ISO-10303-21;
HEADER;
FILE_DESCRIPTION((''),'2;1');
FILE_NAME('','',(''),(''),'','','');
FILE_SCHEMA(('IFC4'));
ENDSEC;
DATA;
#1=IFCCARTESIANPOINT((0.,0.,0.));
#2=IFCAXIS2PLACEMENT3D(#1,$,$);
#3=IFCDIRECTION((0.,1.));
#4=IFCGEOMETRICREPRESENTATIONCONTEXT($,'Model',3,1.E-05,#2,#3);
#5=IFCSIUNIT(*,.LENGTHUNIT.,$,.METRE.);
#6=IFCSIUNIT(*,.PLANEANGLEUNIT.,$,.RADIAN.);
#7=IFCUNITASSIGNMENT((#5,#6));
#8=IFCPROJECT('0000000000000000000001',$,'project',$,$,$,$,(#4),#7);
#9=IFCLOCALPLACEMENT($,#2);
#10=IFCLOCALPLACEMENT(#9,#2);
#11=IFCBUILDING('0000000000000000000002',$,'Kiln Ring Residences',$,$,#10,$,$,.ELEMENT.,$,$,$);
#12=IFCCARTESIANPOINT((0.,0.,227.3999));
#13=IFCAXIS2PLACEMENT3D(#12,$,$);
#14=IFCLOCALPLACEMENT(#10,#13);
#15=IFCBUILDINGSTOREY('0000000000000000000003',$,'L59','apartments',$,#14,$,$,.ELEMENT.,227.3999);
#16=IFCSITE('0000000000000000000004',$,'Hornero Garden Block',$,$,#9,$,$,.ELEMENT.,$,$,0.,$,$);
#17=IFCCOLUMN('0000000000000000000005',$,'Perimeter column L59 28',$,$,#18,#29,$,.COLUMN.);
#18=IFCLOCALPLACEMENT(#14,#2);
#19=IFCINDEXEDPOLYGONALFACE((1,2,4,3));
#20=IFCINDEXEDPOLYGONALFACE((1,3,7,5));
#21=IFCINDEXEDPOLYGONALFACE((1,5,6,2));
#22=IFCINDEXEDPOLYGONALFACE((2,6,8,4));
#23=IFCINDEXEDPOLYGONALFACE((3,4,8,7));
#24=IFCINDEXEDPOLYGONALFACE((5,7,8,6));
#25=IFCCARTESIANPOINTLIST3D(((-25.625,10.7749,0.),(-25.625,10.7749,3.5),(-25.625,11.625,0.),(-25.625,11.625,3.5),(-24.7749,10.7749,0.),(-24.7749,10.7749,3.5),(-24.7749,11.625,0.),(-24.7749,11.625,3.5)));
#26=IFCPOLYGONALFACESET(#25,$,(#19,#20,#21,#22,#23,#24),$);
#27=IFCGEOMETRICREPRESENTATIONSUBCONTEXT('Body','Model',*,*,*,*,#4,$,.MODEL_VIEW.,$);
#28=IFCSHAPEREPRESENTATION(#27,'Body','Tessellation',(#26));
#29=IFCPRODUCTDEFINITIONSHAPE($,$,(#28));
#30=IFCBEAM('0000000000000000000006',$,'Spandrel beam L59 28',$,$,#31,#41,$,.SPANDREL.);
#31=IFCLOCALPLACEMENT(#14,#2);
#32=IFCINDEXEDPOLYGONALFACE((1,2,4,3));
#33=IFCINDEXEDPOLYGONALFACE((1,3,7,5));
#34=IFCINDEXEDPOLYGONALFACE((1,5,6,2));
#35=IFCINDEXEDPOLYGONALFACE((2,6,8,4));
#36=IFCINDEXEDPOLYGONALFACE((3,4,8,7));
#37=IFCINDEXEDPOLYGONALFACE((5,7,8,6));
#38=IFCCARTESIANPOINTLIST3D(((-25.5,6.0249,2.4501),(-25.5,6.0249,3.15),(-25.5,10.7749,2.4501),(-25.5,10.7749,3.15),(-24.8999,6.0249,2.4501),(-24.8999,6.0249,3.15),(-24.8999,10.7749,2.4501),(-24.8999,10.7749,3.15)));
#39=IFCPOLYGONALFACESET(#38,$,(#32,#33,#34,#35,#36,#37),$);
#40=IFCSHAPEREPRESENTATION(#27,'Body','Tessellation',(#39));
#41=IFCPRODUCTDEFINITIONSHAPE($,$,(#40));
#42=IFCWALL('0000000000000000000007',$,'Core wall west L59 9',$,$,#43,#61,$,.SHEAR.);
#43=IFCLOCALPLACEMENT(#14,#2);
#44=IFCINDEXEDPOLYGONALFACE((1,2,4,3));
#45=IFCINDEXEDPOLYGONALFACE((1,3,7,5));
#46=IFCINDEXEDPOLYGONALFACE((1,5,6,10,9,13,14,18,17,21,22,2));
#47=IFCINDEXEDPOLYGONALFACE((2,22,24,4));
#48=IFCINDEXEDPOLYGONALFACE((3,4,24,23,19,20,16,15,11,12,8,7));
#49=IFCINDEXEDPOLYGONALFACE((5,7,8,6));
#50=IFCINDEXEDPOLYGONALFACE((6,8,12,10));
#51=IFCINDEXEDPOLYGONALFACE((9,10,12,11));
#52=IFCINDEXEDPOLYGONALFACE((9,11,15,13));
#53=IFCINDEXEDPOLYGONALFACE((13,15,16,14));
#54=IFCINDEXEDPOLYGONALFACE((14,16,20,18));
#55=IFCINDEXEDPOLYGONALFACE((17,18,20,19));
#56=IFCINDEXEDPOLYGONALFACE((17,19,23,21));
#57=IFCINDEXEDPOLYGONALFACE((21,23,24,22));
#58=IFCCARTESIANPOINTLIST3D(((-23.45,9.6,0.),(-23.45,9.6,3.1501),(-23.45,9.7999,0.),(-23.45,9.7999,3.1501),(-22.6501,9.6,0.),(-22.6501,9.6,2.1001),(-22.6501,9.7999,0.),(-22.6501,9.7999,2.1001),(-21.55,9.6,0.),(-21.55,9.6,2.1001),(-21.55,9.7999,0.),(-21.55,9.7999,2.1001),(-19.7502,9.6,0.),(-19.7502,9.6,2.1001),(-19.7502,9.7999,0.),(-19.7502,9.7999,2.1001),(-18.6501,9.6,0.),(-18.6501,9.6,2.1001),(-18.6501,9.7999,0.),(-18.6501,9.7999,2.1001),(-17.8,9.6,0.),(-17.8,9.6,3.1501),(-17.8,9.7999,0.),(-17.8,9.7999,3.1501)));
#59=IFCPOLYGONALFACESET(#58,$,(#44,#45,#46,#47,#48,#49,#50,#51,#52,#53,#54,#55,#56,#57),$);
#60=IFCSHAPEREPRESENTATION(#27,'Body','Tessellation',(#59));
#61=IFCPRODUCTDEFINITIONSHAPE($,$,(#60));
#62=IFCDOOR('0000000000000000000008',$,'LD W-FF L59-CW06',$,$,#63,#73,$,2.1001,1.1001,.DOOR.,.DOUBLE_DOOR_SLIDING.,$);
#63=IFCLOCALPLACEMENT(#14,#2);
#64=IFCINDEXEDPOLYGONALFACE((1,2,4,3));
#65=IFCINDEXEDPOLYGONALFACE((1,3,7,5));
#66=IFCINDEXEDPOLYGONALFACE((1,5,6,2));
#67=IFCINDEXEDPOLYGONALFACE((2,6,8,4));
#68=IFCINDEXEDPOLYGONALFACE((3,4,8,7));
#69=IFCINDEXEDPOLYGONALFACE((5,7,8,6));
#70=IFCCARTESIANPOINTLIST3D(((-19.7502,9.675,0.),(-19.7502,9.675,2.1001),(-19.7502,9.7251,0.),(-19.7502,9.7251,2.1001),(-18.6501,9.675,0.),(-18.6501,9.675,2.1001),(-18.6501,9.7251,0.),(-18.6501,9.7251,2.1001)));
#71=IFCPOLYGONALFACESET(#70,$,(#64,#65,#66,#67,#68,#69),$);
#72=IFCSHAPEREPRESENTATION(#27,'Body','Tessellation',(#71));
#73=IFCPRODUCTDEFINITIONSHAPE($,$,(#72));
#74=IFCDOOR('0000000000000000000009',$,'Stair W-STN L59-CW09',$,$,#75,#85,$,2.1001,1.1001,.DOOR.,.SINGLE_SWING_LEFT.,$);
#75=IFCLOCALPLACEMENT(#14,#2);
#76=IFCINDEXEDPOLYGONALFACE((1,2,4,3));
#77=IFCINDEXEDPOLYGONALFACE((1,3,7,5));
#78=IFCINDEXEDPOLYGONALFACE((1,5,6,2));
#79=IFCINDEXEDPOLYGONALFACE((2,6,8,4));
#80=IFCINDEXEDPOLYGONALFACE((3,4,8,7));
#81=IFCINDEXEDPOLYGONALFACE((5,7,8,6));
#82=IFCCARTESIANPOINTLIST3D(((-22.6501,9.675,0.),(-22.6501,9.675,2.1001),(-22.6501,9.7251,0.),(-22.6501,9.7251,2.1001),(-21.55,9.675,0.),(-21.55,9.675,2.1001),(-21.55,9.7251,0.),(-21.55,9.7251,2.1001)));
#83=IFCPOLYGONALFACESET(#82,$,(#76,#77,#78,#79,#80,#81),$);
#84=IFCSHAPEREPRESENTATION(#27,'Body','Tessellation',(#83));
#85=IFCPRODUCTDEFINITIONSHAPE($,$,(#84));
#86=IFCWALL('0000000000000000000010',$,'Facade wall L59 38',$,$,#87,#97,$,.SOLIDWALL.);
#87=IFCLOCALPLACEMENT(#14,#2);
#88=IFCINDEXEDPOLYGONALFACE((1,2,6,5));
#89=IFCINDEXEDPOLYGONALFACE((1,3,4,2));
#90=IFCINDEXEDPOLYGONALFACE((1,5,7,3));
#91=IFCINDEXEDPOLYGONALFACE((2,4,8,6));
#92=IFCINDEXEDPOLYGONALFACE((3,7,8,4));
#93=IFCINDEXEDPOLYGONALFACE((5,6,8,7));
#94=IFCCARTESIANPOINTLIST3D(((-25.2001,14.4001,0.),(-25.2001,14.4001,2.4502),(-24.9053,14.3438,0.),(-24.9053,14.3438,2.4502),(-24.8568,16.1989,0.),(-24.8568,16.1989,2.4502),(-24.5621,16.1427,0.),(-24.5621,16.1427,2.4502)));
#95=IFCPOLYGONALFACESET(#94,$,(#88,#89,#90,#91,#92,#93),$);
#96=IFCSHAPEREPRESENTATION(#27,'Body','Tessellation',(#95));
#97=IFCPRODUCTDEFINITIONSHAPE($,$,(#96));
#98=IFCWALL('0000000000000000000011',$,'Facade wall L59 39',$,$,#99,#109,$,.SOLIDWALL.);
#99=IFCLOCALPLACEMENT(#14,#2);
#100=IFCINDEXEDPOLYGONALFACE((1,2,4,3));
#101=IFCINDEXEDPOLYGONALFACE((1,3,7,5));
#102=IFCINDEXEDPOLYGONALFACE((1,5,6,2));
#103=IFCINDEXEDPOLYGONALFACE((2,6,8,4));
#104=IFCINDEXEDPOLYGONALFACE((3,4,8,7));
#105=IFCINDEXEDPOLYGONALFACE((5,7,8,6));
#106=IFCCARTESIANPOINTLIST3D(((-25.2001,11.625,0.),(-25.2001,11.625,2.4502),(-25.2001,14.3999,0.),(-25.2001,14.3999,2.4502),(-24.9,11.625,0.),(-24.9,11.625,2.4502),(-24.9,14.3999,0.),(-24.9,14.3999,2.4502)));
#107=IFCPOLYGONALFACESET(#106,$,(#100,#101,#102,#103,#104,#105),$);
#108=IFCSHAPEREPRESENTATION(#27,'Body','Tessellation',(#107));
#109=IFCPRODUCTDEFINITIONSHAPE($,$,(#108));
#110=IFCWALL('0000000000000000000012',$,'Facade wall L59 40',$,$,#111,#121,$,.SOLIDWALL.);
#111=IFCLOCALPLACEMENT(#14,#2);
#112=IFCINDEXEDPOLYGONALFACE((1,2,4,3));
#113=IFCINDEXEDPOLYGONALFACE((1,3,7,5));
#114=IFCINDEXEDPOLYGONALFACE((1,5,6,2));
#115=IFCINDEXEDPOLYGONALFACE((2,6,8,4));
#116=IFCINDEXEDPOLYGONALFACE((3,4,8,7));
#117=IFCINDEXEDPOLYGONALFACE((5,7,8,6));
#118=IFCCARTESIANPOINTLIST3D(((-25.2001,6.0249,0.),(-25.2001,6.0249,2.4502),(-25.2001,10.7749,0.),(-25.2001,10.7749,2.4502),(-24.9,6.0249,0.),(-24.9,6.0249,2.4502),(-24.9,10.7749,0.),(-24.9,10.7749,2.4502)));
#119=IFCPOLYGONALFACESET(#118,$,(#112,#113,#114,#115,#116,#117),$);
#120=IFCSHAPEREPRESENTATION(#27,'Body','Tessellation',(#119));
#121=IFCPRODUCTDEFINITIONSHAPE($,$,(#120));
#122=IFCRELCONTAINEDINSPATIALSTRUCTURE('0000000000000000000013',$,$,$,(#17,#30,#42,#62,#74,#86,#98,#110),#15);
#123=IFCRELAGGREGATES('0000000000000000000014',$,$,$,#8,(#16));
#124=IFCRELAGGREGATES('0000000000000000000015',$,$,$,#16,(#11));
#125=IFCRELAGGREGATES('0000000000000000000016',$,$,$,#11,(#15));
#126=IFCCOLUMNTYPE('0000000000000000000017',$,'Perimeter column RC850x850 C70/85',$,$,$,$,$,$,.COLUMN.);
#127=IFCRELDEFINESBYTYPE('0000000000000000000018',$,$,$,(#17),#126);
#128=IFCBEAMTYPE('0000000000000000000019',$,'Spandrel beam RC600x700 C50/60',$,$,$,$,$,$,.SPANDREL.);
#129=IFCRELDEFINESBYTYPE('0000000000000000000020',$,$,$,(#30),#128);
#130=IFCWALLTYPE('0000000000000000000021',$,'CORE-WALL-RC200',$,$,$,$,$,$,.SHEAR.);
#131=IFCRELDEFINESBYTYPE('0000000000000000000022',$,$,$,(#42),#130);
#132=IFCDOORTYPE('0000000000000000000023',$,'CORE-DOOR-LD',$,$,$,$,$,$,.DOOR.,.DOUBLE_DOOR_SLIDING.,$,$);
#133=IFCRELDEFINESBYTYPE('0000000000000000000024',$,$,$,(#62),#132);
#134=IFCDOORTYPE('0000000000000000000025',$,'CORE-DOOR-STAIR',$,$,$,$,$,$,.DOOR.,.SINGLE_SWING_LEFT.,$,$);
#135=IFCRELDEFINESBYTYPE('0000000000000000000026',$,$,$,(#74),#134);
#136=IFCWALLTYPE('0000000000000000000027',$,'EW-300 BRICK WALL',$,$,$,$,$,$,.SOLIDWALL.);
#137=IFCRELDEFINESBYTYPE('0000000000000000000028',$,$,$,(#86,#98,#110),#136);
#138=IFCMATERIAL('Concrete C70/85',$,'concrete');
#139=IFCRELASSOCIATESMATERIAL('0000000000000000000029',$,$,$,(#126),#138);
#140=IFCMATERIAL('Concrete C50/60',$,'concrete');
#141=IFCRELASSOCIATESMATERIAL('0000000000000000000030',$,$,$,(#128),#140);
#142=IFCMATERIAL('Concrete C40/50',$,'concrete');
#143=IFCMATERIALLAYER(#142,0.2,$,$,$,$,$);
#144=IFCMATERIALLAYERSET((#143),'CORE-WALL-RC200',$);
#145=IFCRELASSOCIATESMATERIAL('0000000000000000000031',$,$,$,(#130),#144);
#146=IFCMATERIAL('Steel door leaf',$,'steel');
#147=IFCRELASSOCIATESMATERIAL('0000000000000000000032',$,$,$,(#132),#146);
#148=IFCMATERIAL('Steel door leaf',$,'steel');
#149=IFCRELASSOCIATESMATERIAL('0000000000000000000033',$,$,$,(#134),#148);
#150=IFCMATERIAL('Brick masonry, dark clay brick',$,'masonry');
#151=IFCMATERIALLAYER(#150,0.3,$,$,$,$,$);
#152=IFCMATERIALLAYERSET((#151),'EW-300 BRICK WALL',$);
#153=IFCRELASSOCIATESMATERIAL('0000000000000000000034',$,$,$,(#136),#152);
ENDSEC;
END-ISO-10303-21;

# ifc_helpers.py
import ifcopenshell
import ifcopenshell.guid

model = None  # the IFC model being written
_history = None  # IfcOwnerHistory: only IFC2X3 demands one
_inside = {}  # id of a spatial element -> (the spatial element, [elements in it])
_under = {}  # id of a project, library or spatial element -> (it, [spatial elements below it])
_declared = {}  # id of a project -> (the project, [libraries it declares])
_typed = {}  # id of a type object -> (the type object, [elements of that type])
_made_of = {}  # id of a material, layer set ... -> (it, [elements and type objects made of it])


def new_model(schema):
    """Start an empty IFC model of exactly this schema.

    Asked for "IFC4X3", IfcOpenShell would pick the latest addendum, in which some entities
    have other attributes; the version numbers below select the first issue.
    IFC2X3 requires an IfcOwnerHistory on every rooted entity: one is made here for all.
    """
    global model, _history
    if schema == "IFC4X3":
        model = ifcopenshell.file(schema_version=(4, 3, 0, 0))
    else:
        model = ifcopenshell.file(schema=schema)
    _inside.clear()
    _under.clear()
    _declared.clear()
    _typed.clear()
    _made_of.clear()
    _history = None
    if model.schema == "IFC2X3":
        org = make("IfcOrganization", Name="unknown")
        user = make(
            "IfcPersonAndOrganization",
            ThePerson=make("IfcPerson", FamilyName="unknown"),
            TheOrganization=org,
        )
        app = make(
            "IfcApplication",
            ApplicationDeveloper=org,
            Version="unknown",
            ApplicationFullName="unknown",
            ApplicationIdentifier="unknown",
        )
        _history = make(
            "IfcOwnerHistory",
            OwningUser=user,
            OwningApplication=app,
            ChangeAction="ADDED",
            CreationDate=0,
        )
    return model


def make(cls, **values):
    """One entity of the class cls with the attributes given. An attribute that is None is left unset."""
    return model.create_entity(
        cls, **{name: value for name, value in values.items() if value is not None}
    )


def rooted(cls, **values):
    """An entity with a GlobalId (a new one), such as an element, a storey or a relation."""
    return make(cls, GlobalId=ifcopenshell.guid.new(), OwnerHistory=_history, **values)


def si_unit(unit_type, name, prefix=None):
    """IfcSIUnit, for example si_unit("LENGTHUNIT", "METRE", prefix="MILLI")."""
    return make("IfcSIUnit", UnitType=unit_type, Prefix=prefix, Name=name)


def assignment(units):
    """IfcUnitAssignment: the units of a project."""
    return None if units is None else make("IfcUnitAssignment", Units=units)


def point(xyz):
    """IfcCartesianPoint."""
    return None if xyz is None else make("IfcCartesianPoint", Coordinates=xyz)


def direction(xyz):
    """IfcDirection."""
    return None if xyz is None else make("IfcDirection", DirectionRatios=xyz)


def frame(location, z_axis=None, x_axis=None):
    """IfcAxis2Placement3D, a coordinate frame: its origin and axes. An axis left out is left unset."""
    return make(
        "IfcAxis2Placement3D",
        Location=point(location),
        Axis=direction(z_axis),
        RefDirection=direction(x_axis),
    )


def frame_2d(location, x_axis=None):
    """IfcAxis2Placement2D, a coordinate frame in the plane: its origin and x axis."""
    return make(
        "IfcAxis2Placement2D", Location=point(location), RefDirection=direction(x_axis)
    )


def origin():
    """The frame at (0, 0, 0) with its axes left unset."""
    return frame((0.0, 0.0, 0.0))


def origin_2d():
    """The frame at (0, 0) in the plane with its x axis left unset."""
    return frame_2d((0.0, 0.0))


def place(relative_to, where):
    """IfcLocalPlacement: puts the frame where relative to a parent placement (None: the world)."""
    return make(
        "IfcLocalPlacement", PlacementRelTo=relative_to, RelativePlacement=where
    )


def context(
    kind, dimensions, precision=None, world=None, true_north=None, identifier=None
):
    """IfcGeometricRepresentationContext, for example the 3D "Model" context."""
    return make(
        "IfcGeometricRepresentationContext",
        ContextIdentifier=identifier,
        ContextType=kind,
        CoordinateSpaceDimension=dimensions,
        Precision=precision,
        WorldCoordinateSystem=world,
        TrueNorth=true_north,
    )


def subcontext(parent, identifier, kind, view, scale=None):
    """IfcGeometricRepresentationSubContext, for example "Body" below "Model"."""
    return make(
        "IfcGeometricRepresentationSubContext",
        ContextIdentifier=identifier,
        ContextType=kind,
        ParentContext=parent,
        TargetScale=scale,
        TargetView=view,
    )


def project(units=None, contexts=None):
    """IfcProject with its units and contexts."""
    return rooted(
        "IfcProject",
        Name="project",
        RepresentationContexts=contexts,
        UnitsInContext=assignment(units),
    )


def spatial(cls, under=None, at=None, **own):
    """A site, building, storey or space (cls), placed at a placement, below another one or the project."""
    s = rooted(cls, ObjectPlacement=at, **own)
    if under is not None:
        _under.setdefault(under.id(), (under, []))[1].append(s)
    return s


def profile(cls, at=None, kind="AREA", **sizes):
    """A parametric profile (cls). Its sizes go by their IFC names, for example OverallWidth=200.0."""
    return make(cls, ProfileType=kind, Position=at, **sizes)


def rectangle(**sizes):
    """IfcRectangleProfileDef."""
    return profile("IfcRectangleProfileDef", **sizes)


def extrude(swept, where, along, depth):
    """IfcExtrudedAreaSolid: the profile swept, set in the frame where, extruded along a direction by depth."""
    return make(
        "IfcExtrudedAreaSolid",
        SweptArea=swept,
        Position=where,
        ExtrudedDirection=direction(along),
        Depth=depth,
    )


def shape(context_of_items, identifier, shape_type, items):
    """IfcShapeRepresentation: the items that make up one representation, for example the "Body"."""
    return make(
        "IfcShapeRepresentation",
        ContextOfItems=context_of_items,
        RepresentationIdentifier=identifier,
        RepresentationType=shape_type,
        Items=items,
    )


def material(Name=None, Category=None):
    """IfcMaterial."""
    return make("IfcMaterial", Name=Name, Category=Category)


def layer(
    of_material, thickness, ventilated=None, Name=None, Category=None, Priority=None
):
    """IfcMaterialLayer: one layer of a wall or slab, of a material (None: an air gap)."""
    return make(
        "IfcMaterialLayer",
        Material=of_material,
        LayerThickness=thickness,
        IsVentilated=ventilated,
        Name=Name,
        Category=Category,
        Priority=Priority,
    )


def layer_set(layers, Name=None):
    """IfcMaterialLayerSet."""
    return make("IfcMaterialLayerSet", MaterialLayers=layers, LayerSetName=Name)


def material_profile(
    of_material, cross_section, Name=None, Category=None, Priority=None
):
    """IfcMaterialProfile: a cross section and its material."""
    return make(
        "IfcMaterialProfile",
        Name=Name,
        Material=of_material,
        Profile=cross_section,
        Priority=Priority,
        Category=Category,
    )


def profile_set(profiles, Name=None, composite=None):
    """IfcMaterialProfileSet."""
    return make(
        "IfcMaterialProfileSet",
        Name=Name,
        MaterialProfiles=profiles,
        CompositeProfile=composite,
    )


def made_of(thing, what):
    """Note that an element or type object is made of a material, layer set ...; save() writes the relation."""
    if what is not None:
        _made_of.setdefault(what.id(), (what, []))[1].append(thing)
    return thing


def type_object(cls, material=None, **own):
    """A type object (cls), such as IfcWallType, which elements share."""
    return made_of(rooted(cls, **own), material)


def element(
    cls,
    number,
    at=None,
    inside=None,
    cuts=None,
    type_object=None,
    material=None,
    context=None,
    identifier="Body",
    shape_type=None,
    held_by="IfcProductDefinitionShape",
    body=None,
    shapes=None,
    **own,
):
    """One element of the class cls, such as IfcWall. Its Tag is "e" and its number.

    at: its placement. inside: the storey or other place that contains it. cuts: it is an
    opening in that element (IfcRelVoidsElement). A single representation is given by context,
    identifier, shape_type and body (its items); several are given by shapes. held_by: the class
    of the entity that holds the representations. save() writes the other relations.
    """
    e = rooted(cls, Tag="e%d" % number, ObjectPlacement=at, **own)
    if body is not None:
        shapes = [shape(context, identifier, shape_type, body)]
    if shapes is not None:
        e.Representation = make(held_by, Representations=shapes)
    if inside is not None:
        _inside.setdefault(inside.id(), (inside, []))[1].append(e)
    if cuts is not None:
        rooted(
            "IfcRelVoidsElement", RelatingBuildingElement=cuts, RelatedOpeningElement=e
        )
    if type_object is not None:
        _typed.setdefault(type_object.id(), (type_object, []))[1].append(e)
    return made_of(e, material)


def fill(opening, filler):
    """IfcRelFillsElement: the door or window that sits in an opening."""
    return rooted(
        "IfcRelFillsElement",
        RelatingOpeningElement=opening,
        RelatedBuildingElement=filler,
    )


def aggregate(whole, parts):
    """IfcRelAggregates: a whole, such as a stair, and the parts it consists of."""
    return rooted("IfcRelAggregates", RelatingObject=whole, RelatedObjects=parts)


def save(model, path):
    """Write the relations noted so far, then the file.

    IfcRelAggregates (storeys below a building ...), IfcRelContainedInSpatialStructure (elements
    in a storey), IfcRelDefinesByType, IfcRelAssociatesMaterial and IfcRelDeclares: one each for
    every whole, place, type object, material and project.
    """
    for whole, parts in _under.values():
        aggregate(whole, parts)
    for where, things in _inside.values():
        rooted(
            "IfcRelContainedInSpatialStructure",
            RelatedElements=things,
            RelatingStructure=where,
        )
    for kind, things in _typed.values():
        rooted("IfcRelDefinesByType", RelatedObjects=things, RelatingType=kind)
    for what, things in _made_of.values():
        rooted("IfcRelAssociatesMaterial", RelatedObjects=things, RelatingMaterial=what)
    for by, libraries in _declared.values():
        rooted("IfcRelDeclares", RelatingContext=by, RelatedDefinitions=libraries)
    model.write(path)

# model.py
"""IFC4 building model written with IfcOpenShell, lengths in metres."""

from ifc_helpers import new_model, si_unit, direction, frame, frame_2d, origin, origin_2d, place, context, subcontext, project, spatial, rectangle, extrude, material, layer, layer_set, material_profile, profile_set, type_object, element, fill, save


model = new_model("IFC4")

# Units and contexts
model_context = context("Model", 3, precision=1e-05, world=origin(), true_north=direction((0.0, 1.0)))
body_context = subcontext(model_context, "Body", "Model", "MODEL_VIEW")
ifc_project = project(units=[si_unit("LENGTHUNIT", "METRE"), si_unit("PLANEANGLEUNIT", "RADIAN")], contexts=[model_context])

# Site, building, storey
site_placement = place(None, origin())
site = spatial("IfcSite", under=ifc_project, at=site_placement, Name="Hornero Garden Block", CompositionType="ELEMENT", RefElevation=0.0)
building_placement = place(site_placement, origin())
building = spatial("IfcBuilding", under=site, at=building_placement, Name="Kiln Ring Residences", CompositionType="ELEMENT")
storey_placement = place(building_placement, frame((0.0, 0.0, 227.3999)))
storey = spatial("IfcBuildingStorey", under=building, at=storey_placement, Name="L59", Description="apartments", CompositionType="ELEMENT", Elevation=227.3999)

# Column
ifc_material_1 = material(Name="Concrete C70/85", Category="concrete")
ifc_material_profile_1 = material_profile(ifc_material_1, rectangle(XDim=0.8501, YDim=0.8501, at=origin_2d()), Name="RC850x850")
ifc_profile_set_1 = profile_set([ifc_material_profile_1], Name="Concrete C70/85")
column_type = type_object("IfcColumnType", Name="Perimeter column RC850x850 C70/85", PredefinedType="COLUMN", material=ifc_profile_set_1)
column_placement = place(storey_placement, frame((-25.2, 11.2, 0.0), z_axis=(0.0, 0.0, 1.0), x_axis=(1.0, 0.0, 0.0)))
element("IfcColumn", 1, at=column_placement, inside=storey, type_object=column_type, Name="Perimeter column L59 28", PredefinedType="COLUMN", context=body_context, shape_type="SweptSolid", body=[
    extrude(rectangle(XDim=0.8501, YDim=0.8501, at=origin_2d()), origin(), (0.0, 0.0, 1.0), 3.5),
])

# Beam
ifc_material_2 = material(Name="Concrete C50/60", Category="concrete")
ifc_material_profile_2 = material_profile(ifc_material_2, rectangle(XDim=0.6001, YDim=0.7, at=origin_2d()), Name="RC600x700")
ifc_profile_set_2 = profile_set([ifc_material_profile_2], Name="Concrete C50/60")
beam_type = type_object("IfcBeamType", Name="Spandrel beam RC600x700 C50/60", PredefinedType="SPANDREL", material=ifc_profile_set_2)
beam_placement = place(storey_placement, frame((-25.2, 10.7749, 2.8), z_axis=(0.0, -1.0, 0.0), x_axis=(1.0, 0.0, 0.0)))
element("IfcBeam", 2, at=beam_placement, inside=storey, type_object=beam_type, Name="Spandrel beam L59 28", PredefinedType="SPANDREL", context=body_context, shape_type="SweptSolid", body=[
    extrude(rectangle(XDim=0.6001, YDim=0.7, at=origin_2d()), origin(), (0.0, 0.0, 1.0), 4.75),
])

# Wall, openings, doors
ifc_material_3 = material(Name="Concrete C40/50", Category="concrete")
ifc_layer_1 = layer(ifc_material_3, 0.2)
ifc_layer_set_1 = layer_set([ifc_layer_1], Name="CORE-WALL-RC200")
wall_type_1 = type_object("IfcWallType", Name="CORE-WALL-RC200", PredefinedType="SHEAR", material=ifc_layer_set_1)
wall_1_placement = place(storey_placement, frame((-17.8, 9.7, 0.0), z_axis=(0.0, 0.0, 1.0), x_axis=(-1.0, 0.0, 0.0)))
wall_1 = element("IfcWall", 3, at=wall_1_placement, inside=storey, type_object=wall_type_1, Name="Core wall west L59 9", PredefinedType="SHEAR", context=body_context, shape_type="SweptSolid", body=[
    extrude(rectangle(XDim=5.6499, YDim=0.2, at=frame_2d((2.825, 0.0))), origin(), (0.0, 0.0, 1.0), 3.1501),
])
opening_1_placement = place(wall_1_placement, frame((0.8501, 0.0, 0.0)))
opening_1 = element("IfcOpeningElement", 4, at=opening_1_placement, cuts=wall_1, PredefinedType="OPENING", context=body_context, shape_type="SweptSolid", body=[
    extrude(rectangle(XDim=1.1001, YDim=2.1001, at=frame_2d((0.55, 1.05))), frame((0.0, 0.1099, 0.0), z_axis=(0.0, -1.0, 0.0), x_axis=(1.0, 0.0, 0.0)), (0.0, 0.0, 1.0), 0.22),
])
opening_2_placement = place(wall_1_placement, frame((3.75, 0.0, 0.0)))
opening_2 = element("IfcOpeningElement", 5, at=opening_2_placement, cuts=wall_1, PredefinedType="OPENING", context=body_context, shape_type="SweptSolid", body=[
    extrude(rectangle(XDim=1.1001, YDim=2.1001, at=frame_2d((0.55, 1.05))), frame((0.0, 0.1099, 0.0), z_axis=(0.0, -1.0, 0.0), x_axis=(1.0, 0.0, 0.0)), (0.0, 0.0, 1.0), 0.22),
])
ifc_material_4 = material(Name="Steel door leaf", Category="steel")
door_type_1 = type_object("IfcDoorType", Name="CORE-DOOR-LD", OperationType="DOUBLE_DOOR_SLIDING", PredefinedType="DOOR", material=ifc_material_4)
door_1_placement = place(opening_1_placement, origin())
door_1 = element("IfcDoor", 6, at=door_1_placement, inside=storey, type_object=door_type_1, Name="LD W-FF L59-CW06", OperationType="DOUBLE_DOOR_SLIDING", OverallHeight=2.1001, OverallWidth=1.1001, PredefinedType="DOOR", context=body_context, shape_type="SweptSolid", body=[
    extrude(rectangle(XDim=1.1001, YDim=2.1001, at=frame_2d((0.55, 1.05))), frame((0.0, 0.0249, 0.0), z_axis=(0.0, -1.0, 0.0), x_axis=(1.0, 0.0, 0.0)), (0.0, 0.0, 1.0), 0.05),
])
fill(opening_1, door_1)
ifc_material_5 = material(Name="Steel door leaf", Category="steel")
door_type_2 = type_object("IfcDoorType", Name="CORE-DOOR-STAIR", OperationType="SINGLE_SWING_LEFT", PredefinedType="DOOR", material=ifc_material_5)
door_2_placement = place(opening_2_placement, origin())
door_2 = element("IfcDoor", 7, at=door_2_placement, inside=storey, type_object=door_type_2, Name="Stair W-STN L59-CW09", OperationType="SINGLE_SWING_LEFT", OverallHeight=2.1001, OverallWidth=1.1001, PredefinedType="DOOR", context=body_context, shape_type="SweptSolid", body=[
    extrude(rectangle(XDim=1.1001, YDim=2.1001, at=frame_2d((0.55, 1.05))), frame((0.0, 0.0249, 0.0), z_axis=(0.0, -1.0, 0.0), x_axis=(1.0, 0.0, 0.0)), (0.0, 0.0, 1.0), 0.05),
])
fill(opening_2, door_2)

# Walls
ifc_material_6 = material(Name="Brick masonry, dark clay brick", Category="masonry")
ifc_layer_2 = layer(ifc_material_6, 0.3)
ifc_layer_set_2 = layer_set([ifc_layer_2], Name="EW-300 BRICK WALL")
wall_type_2 = type_object("IfcWallType", Name="EW-300 BRICK WALL", PredefinedType="SOLIDWALL", material=ifc_layer_set_2)
wall_2_placement = place(storey_placement, frame((-24.7095, 16.1707, 0.0), z_axis=(0.0, 0.0, 1.0), x_axis=(-0.187443, -0.982275, 0.0)))
element("IfcWall", 8, at=wall_2_placement, inside=storey, type_object=wall_type_2, Name="Facade wall L59 38", PredefinedType="SOLIDWALL", context=body_context, shape_type="SweptSolid", body=[
    extrude(rectangle(XDim=1.8313, YDim=0.3, at=frame_2d((0.9155, 0.0))), origin(), (0.0, 0.0, 1.0), 2.4502),
])
wall_3_placement = place(storey_placement, frame((-25.05, 14.3999, 0.0), z_axis=(0.0, 0.0, 1.0), x_axis=(0.0, -1.0, 0.0)))
element("IfcWall", 9, at=wall_3_placement, inside=storey, type_object=wall_type_2, Name="Facade wall L59 39", PredefinedType="SOLIDWALL", context=body_context, shape_type="SweptSolid", body=[
    extrude(rectangle(XDim=2.7749, YDim=0.3, at=frame_2d((1.3875, 0.0))), origin(), (0.0, 0.0, 1.0), 2.4502),
])
wall_4_placement = place(storey_placement, frame((-25.05, 10.7749, 0.0), z_axis=(0.0, 0.0, 1.0), x_axis=(0.0, -1.0, 0.0)))
element("IfcWall", 10, at=wall_4_placement, inside=storey, type_object=wall_type_2, Name="Facade wall L59 40", PredefinedType="SOLIDWALL", context=body_context, shape_type="SweptSolid", body=[
    extrude(rectangle(XDim=4.75, YDim=0.3, at=frame_2d((2.375, 0.0))), origin(), (0.0, 0.0, 1.0), 2.4502),
])

save(model, "model.ifc")
